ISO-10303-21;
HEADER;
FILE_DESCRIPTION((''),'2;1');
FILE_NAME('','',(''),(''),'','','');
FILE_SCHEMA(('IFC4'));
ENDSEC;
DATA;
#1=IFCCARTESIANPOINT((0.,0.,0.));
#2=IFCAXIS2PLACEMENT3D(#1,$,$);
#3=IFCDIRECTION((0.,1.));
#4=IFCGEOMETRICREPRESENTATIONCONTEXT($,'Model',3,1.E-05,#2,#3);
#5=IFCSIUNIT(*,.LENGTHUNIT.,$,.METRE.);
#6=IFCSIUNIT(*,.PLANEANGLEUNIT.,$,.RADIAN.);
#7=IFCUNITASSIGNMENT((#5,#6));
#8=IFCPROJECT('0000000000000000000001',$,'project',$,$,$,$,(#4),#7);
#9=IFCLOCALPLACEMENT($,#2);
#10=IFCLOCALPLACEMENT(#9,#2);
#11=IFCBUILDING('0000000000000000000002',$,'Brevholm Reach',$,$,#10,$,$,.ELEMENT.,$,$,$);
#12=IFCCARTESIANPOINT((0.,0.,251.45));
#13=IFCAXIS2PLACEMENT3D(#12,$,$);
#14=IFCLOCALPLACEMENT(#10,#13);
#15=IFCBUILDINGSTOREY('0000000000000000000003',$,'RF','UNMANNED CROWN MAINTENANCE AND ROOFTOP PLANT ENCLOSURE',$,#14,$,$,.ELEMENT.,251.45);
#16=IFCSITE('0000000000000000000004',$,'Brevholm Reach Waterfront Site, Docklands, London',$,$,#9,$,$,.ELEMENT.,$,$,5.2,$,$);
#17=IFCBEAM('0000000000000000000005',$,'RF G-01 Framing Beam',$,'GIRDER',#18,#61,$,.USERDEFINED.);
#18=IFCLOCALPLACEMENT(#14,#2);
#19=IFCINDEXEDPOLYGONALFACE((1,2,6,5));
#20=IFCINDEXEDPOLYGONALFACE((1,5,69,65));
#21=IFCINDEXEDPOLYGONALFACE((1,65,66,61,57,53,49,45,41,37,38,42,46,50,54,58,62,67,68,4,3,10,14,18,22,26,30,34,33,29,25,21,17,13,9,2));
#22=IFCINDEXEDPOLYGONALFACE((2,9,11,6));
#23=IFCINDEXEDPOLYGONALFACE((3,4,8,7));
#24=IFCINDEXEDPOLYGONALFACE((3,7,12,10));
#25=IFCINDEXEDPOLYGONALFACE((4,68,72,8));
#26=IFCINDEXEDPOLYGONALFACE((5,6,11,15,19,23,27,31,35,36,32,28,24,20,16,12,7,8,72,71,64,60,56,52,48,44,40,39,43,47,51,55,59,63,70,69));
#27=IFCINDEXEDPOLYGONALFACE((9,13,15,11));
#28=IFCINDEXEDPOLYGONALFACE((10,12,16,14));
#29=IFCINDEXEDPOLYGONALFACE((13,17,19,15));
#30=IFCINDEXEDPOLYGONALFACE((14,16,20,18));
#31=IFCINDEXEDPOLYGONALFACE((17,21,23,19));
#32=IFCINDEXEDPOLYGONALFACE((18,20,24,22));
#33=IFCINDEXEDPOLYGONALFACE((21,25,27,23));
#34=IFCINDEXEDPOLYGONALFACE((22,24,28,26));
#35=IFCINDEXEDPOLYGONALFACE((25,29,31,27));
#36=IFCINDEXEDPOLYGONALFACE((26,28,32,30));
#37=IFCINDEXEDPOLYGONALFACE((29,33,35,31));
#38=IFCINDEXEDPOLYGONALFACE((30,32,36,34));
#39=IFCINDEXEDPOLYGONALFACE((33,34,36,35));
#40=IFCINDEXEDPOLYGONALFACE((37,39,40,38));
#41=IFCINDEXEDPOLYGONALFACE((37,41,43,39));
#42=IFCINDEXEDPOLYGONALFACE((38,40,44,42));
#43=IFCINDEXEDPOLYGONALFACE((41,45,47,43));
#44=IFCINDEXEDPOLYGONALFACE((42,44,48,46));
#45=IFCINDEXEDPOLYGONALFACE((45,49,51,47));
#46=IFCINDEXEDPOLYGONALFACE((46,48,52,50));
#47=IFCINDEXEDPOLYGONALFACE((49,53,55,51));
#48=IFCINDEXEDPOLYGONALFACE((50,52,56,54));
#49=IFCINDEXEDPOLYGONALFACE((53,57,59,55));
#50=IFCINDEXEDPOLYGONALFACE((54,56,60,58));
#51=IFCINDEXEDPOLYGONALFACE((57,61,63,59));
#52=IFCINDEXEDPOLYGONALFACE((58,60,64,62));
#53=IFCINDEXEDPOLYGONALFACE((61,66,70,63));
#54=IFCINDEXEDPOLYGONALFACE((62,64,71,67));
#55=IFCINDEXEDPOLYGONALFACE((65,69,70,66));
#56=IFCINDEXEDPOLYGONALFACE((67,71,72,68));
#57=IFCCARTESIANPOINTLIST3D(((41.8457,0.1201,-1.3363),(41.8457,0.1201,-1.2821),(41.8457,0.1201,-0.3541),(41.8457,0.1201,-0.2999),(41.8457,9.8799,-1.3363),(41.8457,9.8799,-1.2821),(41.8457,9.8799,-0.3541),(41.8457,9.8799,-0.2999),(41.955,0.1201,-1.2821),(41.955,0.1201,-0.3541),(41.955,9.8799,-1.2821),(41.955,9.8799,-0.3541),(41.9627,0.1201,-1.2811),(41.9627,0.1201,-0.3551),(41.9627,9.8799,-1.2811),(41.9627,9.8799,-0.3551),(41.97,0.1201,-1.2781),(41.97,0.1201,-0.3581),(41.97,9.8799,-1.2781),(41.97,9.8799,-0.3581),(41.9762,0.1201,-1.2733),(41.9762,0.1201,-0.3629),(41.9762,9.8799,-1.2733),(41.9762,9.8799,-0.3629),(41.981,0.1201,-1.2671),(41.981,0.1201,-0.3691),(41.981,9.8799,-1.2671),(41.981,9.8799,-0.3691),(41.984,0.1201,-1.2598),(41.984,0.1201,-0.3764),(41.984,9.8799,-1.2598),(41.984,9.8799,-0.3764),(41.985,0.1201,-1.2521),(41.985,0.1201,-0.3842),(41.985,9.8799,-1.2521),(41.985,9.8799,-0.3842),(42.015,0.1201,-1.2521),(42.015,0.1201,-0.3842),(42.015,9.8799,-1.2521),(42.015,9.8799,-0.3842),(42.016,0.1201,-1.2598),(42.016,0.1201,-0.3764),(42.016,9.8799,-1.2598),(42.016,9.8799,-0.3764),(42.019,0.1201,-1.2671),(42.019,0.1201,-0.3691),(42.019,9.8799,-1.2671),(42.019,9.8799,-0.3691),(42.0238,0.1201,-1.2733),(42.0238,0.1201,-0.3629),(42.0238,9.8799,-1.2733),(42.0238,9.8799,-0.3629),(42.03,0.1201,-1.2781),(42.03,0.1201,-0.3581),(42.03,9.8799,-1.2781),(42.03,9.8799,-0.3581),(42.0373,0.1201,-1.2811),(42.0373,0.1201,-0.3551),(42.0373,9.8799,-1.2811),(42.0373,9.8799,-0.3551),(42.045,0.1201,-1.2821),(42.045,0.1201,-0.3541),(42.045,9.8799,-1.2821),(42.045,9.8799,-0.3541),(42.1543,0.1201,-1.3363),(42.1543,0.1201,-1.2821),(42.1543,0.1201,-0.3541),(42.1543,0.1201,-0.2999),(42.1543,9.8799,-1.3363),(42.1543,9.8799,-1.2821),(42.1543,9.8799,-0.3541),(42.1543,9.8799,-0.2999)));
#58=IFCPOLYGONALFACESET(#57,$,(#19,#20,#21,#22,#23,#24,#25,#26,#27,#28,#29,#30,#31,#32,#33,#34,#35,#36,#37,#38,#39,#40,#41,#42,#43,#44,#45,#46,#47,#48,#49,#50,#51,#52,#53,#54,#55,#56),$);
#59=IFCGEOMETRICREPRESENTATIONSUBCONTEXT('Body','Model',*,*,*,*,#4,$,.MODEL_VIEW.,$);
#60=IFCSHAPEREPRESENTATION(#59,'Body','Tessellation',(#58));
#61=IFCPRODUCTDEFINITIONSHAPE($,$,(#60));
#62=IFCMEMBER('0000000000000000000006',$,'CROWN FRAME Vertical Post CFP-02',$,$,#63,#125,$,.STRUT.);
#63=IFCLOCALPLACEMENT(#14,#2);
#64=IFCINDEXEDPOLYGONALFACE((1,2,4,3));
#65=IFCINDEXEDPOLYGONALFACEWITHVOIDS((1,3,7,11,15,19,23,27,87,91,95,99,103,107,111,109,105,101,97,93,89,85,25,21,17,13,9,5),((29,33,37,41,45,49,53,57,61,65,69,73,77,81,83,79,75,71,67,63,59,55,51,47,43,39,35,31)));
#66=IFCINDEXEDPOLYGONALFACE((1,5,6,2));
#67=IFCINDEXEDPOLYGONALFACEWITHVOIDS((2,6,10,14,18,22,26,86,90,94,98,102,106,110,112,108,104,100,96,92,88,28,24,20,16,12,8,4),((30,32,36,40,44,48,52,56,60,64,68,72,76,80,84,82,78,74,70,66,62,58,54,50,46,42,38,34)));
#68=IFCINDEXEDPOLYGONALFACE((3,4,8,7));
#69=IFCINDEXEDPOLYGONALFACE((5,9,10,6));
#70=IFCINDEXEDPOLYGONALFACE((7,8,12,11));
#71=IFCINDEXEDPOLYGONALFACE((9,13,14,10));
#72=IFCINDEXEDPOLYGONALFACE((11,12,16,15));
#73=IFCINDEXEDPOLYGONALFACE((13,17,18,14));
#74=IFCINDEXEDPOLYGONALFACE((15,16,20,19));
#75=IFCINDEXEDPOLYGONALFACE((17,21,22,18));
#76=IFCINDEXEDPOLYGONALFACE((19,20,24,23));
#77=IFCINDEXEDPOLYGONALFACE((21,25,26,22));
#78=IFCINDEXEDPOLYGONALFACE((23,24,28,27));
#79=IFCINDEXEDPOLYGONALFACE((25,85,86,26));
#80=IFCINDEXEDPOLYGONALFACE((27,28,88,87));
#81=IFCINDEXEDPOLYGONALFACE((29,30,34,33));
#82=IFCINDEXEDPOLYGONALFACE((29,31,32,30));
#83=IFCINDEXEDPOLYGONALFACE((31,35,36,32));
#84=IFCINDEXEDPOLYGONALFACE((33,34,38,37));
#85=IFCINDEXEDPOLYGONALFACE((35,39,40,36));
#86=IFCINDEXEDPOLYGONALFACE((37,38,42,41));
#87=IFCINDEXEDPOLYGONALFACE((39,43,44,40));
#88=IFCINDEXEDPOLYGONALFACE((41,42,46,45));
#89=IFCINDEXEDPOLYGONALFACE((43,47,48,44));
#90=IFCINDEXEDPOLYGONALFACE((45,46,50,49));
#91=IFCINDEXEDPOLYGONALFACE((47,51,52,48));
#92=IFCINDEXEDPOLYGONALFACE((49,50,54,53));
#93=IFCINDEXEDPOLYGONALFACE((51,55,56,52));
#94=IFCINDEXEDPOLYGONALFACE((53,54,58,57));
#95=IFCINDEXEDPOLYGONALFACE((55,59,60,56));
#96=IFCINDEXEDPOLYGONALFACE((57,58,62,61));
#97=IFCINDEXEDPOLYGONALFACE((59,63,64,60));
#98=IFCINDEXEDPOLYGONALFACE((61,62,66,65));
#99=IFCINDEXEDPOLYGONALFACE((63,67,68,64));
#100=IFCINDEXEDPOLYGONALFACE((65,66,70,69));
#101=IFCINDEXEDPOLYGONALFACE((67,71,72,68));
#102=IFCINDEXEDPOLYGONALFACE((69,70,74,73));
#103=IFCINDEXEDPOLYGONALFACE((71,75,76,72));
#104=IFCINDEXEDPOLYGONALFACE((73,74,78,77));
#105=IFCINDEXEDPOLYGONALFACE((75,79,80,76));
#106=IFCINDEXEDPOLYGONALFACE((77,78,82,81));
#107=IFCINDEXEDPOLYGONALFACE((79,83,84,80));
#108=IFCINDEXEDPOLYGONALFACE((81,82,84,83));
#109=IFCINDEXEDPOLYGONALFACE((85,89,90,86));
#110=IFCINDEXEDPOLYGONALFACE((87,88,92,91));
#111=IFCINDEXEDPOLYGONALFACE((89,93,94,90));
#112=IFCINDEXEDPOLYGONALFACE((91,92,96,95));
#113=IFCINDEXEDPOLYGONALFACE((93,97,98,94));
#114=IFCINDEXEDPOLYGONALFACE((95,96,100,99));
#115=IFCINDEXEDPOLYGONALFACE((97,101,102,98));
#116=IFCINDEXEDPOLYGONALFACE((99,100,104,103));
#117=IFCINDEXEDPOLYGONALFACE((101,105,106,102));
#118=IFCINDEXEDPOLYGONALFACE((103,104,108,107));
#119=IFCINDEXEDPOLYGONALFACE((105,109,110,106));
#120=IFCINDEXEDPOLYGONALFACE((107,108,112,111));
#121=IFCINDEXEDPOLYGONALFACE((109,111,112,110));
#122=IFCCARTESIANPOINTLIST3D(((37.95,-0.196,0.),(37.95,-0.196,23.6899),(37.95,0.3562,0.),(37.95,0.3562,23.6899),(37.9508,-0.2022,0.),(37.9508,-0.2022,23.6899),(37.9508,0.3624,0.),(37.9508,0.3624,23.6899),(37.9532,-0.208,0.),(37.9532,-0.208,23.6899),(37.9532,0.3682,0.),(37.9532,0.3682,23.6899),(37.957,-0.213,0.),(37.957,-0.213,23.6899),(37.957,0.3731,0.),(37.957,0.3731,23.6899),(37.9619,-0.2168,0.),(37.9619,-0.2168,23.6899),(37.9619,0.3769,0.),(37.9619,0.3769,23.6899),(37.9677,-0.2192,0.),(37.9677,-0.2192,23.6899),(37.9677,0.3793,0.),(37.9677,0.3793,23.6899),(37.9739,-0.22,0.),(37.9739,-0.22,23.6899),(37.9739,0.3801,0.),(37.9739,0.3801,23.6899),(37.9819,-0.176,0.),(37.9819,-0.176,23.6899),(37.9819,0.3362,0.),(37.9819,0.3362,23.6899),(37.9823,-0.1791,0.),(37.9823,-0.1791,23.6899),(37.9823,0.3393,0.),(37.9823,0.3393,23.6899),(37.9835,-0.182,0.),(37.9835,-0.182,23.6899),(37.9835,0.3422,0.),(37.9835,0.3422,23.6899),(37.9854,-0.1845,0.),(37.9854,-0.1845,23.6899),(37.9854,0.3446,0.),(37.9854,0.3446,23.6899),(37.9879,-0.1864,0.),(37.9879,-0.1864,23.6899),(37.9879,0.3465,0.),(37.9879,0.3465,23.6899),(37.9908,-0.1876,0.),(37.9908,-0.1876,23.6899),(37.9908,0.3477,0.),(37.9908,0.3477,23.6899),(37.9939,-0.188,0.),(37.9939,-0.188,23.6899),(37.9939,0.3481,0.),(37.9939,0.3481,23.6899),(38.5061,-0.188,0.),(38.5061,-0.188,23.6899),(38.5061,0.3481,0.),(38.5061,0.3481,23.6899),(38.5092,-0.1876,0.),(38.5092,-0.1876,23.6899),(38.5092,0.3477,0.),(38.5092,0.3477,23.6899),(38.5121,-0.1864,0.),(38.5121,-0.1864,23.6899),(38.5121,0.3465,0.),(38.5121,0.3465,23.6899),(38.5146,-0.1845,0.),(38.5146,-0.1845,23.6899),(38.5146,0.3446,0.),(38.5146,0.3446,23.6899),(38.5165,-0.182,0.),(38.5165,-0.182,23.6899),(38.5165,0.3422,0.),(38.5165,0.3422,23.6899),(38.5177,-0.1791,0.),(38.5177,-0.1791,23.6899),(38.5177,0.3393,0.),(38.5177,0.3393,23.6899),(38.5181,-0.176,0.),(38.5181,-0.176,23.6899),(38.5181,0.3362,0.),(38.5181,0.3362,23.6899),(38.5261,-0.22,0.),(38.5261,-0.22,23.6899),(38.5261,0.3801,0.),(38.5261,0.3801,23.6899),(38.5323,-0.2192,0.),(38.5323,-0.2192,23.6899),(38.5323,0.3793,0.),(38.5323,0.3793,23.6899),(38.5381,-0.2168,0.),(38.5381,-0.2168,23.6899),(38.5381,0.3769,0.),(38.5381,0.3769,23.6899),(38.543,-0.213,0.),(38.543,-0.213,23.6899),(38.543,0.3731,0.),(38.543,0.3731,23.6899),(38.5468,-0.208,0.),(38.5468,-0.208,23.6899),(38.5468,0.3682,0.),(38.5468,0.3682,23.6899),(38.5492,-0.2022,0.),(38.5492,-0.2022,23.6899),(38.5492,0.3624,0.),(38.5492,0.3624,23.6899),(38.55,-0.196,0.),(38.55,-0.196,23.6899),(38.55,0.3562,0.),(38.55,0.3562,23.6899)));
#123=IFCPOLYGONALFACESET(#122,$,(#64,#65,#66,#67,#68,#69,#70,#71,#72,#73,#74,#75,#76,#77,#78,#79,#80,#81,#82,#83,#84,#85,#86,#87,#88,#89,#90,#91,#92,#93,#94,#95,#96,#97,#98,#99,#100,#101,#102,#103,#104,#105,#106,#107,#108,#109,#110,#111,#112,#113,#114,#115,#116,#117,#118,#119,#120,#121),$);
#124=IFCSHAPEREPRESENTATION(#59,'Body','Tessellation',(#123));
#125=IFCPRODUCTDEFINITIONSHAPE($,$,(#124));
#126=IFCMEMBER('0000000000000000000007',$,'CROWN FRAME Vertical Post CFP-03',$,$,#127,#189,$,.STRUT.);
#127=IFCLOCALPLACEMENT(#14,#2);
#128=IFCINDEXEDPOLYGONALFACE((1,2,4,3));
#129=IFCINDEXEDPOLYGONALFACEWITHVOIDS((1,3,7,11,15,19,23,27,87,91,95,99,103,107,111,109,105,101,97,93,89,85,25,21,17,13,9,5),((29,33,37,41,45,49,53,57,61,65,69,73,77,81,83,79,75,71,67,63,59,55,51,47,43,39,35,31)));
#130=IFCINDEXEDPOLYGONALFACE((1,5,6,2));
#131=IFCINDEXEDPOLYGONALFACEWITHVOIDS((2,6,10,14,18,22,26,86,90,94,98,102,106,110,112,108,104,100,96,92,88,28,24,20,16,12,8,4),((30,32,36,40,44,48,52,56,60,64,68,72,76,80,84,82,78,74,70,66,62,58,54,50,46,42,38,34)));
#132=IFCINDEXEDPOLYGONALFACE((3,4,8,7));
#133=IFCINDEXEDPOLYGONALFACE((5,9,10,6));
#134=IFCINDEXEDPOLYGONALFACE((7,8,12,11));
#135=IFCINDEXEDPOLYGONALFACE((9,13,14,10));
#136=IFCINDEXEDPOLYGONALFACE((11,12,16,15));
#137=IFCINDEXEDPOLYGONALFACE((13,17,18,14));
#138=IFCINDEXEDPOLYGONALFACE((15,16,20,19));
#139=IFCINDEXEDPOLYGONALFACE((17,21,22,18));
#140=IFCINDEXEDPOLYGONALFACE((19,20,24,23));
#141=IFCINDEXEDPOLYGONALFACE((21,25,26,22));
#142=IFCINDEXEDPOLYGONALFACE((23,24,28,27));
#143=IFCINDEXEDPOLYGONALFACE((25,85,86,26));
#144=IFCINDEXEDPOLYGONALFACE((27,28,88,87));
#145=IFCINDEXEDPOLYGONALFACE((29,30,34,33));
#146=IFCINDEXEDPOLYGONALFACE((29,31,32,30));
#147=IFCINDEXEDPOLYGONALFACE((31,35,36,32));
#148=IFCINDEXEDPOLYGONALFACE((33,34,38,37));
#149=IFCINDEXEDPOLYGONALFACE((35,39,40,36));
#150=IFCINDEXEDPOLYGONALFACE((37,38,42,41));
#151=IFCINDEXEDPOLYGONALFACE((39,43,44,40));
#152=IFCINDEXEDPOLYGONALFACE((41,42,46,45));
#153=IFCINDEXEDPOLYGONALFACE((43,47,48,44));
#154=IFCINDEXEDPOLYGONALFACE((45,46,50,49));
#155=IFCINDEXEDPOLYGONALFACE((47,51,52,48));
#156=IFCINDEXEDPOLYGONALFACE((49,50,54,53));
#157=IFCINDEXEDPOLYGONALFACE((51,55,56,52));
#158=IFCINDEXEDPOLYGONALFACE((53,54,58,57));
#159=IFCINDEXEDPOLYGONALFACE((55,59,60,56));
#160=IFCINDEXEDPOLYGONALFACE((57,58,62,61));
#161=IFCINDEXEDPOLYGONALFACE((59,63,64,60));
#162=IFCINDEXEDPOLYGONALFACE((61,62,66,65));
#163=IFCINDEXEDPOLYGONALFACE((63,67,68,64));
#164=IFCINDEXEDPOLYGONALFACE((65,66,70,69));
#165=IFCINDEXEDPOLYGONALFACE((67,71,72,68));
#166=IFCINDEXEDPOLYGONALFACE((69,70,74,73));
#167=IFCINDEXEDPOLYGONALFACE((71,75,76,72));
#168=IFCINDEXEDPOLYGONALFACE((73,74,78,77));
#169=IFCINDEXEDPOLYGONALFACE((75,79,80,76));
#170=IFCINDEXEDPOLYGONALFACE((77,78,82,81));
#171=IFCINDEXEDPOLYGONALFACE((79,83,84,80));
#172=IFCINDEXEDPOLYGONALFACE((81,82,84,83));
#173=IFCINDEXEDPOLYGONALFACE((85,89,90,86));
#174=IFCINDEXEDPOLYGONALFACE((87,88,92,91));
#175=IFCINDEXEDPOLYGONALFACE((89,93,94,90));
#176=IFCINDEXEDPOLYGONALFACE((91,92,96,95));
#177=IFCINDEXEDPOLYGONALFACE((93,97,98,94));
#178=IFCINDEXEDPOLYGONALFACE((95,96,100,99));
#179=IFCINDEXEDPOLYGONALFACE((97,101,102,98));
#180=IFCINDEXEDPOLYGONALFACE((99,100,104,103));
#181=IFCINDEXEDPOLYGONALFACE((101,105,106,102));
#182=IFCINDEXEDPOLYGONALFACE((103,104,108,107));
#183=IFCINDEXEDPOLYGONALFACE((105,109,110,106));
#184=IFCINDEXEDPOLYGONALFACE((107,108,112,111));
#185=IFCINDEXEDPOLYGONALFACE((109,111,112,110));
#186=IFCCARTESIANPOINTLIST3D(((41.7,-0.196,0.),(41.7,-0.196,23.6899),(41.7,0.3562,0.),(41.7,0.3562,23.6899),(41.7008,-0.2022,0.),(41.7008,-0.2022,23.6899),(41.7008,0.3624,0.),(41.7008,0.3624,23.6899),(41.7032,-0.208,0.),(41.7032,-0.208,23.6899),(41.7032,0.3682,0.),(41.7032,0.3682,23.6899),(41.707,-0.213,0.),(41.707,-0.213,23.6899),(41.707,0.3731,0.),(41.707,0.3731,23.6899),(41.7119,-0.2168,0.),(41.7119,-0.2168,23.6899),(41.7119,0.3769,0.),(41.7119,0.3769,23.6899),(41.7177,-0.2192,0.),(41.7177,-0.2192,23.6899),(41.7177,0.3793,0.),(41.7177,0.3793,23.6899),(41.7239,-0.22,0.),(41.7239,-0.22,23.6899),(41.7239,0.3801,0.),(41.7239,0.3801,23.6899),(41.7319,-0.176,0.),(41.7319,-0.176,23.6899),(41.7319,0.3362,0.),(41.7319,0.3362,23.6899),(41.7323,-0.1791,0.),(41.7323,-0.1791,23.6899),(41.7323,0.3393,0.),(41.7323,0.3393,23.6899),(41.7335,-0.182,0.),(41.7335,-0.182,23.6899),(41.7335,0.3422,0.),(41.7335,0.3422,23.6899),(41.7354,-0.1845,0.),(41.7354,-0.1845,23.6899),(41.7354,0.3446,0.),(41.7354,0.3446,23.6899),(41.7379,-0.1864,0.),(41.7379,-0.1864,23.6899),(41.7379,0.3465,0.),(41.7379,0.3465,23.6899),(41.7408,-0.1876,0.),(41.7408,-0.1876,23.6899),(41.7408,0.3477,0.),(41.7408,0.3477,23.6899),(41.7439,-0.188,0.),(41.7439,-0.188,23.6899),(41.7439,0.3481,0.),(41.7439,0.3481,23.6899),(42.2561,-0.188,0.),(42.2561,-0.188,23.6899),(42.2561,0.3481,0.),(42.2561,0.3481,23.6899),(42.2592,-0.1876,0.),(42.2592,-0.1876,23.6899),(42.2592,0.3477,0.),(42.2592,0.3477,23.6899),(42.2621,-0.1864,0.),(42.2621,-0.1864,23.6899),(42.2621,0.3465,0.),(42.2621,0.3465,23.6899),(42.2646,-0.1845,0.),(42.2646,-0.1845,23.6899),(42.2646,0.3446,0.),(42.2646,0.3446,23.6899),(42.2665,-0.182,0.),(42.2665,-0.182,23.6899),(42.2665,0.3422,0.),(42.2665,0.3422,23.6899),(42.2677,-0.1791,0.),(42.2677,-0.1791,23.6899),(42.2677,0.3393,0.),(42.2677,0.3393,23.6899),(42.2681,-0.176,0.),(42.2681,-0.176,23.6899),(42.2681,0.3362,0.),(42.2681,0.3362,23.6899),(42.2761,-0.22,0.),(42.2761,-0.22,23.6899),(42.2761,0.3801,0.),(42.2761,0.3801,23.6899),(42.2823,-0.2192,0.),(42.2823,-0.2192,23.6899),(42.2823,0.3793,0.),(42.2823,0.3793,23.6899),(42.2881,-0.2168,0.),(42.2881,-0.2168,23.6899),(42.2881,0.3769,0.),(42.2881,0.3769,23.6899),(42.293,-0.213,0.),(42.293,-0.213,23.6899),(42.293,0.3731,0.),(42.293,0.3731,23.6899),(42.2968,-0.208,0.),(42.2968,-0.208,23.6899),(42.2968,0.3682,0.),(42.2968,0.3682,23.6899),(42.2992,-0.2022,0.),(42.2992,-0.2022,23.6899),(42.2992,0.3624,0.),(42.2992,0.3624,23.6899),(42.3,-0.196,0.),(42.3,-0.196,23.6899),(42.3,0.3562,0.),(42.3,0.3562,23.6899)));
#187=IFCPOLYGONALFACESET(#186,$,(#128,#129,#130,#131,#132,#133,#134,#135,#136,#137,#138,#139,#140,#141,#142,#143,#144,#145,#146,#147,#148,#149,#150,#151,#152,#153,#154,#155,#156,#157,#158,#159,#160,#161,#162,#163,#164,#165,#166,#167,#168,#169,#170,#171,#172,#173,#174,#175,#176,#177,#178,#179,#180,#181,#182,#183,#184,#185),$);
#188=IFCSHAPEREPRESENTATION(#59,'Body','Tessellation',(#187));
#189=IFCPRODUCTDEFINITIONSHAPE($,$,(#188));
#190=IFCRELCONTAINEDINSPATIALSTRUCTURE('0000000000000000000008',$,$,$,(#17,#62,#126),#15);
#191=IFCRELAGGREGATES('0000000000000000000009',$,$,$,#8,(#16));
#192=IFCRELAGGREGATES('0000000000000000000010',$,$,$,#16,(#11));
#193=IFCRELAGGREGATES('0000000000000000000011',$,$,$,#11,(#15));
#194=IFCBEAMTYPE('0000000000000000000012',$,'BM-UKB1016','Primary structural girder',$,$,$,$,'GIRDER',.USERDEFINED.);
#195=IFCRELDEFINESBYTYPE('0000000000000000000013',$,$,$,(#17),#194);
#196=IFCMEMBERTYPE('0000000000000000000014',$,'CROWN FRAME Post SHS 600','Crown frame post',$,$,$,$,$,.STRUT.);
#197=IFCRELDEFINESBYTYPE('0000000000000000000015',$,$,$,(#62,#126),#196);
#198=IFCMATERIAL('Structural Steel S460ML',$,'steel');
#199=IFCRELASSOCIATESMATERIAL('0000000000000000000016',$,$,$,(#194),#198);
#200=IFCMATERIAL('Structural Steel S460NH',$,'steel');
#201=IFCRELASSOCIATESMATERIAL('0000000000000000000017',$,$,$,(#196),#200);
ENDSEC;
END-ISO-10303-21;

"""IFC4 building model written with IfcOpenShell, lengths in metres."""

from ifc_helpers import new_model, si_unit, direction, frame, origin, origin_2d, place, context, subcontext, project, spatial, hollow_rectangle, i_section, extrude, material, material_profile, profile_set, type_object, element, save


model = new_model("IFC4")

# Units and contexts
model_context = context("Model", 3, precision=1e-05, world=origin(), true_north=direction((0.0, 1.0)))
body_context = subcontext(model_context, "Body", "Model", "MODEL_VIEW")
ifc_project = project(units=[si_unit("LENGTHUNIT", "METRE"), si_unit("PLANEANGLEUNIT", "RADIAN")], contexts=[model_context])

# Site, building, storey
site_placement = place(None, origin())
site = spatial("IfcSite", under=ifc_project, at=site_placement, Name="Brevholm Reach Waterfront Site, Docklands, London", CompositionType="ELEMENT", RefElevation=5.2)
building_placement = place(site_placement, origin())
building = spatial("IfcBuilding", under=site, at=building_placement, Name="Brevholm Reach", CompositionType="ELEMENT")
storey_placement = place(building_placement, frame((0.0, 0.0, 251.45)))
storey = spatial("IfcBuildingStorey", under=building, at=storey_placement, Name="RF", Description="UNMANNED CROWN MAINTENANCE AND ROOFTOP PLANT ENCLOSURE", CompositionType="ELEMENT", Elevation=251.45)

# Beam
ifc_material_1 = material(Name="Structural Steel S460ML", Category="steel")
ifc_material_profile_1 = material_profile(ifc_material_1, i_section(OverallWidth=0.3086, OverallDepth=1.0364, WebThickness=0.03, FlangeThickness=0.0542, FilletRadius=0.03, at=origin_2d()), Name="UKB 1016x305x487")
ifc_profile_set_1 = profile_set([ifc_material_profile_1], Name="Structural Steel S460ML")
beam_type_1 = type_object("IfcBeamType", Name="BM-UKB1016", Description="Primary structural girder", ElementType="GIRDER", PredefinedType="USERDEFINED", material=ifc_profile_set_1)
for number, where, z_axis, x_axis, name in (
    (1, (42.0, 0.1201, -0.8181), (0.0, 1.0, 0.0), (-1.0, 0.0, 0.0), "RF G-01 Framing Beam"),
):
    element("IfcBeam", number, at=place(storey_placement, frame(where, z_axis=z_axis, x_axis=x_axis)), inside=storey, type_object=beam_type_1, Name=name, ObjectType="GIRDER", PredefinedType="USERDEFINED", context=body_context, shape_type="SweptSolid", body=[
        extrude(i_section(OverallWidth=0.3086, OverallDepth=1.0364, WebThickness=0.03, FlangeThickness=0.0542, FilletRadius=0.03, at=origin_2d()), origin(), (0.0, 0.0, 1.0), 9.7598),
    ])

# Members
ifc_material_2 = material(Name="Structural Steel S460NH", Category="steel")
ifc_material_profile_2 = material_profile(ifc_material_2, hollow_rectangle(XDim=0.6001, YDim=0.6001, WallThickness=0.032, InnerFilletRadius=0.012, OuterFilletRadius=0.0239, at=origin_2d()), Name="SHS 600x600x32")
ifc_profile_set_2 = profile_set([ifc_material_profile_2], Name="Structural Steel S460NH")
member_type_1 = type_object("IfcMemberType", Name="CROWN FRAME Post SHS 600", Description="Crown frame post", PredefinedType="STRUT", material=ifc_profile_set_2)
for number, where, z_axis, x_axis, name in (
    (2, (38.25, 0.0801, 0.0), (0.0, 0.0, 1.0), (1.0, 0.0, 0.0), "CROWN FRAME Vertical Post CFP-02"),
    (3, (42.0, 0.0801, 0.0), (0.0, 0.0, 1.0), (1.0, 0.0, 0.0), "CROWN FRAME Vertical Post CFP-03"),
):
    element("IfcMember", number, at=place(storey_placement, frame(where, z_axis=z_axis, x_axis=x_axis)), inside=storey, type_object=member_type_1, Name=name, PredefinedType="STRUT", context=body_context, shape_type="SweptSolid", body=[
        extrude(hollow_rectangle(XDim=0.6001, YDim=0.6001, WallThickness=0.032, InnerFilletRadius=0.012, OuterFilletRadius=0.0239, at=origin_2d()), origin(), (0.0, 0.0, 1.0), 23.6899),
    ])

save(model, "model.ifc")
